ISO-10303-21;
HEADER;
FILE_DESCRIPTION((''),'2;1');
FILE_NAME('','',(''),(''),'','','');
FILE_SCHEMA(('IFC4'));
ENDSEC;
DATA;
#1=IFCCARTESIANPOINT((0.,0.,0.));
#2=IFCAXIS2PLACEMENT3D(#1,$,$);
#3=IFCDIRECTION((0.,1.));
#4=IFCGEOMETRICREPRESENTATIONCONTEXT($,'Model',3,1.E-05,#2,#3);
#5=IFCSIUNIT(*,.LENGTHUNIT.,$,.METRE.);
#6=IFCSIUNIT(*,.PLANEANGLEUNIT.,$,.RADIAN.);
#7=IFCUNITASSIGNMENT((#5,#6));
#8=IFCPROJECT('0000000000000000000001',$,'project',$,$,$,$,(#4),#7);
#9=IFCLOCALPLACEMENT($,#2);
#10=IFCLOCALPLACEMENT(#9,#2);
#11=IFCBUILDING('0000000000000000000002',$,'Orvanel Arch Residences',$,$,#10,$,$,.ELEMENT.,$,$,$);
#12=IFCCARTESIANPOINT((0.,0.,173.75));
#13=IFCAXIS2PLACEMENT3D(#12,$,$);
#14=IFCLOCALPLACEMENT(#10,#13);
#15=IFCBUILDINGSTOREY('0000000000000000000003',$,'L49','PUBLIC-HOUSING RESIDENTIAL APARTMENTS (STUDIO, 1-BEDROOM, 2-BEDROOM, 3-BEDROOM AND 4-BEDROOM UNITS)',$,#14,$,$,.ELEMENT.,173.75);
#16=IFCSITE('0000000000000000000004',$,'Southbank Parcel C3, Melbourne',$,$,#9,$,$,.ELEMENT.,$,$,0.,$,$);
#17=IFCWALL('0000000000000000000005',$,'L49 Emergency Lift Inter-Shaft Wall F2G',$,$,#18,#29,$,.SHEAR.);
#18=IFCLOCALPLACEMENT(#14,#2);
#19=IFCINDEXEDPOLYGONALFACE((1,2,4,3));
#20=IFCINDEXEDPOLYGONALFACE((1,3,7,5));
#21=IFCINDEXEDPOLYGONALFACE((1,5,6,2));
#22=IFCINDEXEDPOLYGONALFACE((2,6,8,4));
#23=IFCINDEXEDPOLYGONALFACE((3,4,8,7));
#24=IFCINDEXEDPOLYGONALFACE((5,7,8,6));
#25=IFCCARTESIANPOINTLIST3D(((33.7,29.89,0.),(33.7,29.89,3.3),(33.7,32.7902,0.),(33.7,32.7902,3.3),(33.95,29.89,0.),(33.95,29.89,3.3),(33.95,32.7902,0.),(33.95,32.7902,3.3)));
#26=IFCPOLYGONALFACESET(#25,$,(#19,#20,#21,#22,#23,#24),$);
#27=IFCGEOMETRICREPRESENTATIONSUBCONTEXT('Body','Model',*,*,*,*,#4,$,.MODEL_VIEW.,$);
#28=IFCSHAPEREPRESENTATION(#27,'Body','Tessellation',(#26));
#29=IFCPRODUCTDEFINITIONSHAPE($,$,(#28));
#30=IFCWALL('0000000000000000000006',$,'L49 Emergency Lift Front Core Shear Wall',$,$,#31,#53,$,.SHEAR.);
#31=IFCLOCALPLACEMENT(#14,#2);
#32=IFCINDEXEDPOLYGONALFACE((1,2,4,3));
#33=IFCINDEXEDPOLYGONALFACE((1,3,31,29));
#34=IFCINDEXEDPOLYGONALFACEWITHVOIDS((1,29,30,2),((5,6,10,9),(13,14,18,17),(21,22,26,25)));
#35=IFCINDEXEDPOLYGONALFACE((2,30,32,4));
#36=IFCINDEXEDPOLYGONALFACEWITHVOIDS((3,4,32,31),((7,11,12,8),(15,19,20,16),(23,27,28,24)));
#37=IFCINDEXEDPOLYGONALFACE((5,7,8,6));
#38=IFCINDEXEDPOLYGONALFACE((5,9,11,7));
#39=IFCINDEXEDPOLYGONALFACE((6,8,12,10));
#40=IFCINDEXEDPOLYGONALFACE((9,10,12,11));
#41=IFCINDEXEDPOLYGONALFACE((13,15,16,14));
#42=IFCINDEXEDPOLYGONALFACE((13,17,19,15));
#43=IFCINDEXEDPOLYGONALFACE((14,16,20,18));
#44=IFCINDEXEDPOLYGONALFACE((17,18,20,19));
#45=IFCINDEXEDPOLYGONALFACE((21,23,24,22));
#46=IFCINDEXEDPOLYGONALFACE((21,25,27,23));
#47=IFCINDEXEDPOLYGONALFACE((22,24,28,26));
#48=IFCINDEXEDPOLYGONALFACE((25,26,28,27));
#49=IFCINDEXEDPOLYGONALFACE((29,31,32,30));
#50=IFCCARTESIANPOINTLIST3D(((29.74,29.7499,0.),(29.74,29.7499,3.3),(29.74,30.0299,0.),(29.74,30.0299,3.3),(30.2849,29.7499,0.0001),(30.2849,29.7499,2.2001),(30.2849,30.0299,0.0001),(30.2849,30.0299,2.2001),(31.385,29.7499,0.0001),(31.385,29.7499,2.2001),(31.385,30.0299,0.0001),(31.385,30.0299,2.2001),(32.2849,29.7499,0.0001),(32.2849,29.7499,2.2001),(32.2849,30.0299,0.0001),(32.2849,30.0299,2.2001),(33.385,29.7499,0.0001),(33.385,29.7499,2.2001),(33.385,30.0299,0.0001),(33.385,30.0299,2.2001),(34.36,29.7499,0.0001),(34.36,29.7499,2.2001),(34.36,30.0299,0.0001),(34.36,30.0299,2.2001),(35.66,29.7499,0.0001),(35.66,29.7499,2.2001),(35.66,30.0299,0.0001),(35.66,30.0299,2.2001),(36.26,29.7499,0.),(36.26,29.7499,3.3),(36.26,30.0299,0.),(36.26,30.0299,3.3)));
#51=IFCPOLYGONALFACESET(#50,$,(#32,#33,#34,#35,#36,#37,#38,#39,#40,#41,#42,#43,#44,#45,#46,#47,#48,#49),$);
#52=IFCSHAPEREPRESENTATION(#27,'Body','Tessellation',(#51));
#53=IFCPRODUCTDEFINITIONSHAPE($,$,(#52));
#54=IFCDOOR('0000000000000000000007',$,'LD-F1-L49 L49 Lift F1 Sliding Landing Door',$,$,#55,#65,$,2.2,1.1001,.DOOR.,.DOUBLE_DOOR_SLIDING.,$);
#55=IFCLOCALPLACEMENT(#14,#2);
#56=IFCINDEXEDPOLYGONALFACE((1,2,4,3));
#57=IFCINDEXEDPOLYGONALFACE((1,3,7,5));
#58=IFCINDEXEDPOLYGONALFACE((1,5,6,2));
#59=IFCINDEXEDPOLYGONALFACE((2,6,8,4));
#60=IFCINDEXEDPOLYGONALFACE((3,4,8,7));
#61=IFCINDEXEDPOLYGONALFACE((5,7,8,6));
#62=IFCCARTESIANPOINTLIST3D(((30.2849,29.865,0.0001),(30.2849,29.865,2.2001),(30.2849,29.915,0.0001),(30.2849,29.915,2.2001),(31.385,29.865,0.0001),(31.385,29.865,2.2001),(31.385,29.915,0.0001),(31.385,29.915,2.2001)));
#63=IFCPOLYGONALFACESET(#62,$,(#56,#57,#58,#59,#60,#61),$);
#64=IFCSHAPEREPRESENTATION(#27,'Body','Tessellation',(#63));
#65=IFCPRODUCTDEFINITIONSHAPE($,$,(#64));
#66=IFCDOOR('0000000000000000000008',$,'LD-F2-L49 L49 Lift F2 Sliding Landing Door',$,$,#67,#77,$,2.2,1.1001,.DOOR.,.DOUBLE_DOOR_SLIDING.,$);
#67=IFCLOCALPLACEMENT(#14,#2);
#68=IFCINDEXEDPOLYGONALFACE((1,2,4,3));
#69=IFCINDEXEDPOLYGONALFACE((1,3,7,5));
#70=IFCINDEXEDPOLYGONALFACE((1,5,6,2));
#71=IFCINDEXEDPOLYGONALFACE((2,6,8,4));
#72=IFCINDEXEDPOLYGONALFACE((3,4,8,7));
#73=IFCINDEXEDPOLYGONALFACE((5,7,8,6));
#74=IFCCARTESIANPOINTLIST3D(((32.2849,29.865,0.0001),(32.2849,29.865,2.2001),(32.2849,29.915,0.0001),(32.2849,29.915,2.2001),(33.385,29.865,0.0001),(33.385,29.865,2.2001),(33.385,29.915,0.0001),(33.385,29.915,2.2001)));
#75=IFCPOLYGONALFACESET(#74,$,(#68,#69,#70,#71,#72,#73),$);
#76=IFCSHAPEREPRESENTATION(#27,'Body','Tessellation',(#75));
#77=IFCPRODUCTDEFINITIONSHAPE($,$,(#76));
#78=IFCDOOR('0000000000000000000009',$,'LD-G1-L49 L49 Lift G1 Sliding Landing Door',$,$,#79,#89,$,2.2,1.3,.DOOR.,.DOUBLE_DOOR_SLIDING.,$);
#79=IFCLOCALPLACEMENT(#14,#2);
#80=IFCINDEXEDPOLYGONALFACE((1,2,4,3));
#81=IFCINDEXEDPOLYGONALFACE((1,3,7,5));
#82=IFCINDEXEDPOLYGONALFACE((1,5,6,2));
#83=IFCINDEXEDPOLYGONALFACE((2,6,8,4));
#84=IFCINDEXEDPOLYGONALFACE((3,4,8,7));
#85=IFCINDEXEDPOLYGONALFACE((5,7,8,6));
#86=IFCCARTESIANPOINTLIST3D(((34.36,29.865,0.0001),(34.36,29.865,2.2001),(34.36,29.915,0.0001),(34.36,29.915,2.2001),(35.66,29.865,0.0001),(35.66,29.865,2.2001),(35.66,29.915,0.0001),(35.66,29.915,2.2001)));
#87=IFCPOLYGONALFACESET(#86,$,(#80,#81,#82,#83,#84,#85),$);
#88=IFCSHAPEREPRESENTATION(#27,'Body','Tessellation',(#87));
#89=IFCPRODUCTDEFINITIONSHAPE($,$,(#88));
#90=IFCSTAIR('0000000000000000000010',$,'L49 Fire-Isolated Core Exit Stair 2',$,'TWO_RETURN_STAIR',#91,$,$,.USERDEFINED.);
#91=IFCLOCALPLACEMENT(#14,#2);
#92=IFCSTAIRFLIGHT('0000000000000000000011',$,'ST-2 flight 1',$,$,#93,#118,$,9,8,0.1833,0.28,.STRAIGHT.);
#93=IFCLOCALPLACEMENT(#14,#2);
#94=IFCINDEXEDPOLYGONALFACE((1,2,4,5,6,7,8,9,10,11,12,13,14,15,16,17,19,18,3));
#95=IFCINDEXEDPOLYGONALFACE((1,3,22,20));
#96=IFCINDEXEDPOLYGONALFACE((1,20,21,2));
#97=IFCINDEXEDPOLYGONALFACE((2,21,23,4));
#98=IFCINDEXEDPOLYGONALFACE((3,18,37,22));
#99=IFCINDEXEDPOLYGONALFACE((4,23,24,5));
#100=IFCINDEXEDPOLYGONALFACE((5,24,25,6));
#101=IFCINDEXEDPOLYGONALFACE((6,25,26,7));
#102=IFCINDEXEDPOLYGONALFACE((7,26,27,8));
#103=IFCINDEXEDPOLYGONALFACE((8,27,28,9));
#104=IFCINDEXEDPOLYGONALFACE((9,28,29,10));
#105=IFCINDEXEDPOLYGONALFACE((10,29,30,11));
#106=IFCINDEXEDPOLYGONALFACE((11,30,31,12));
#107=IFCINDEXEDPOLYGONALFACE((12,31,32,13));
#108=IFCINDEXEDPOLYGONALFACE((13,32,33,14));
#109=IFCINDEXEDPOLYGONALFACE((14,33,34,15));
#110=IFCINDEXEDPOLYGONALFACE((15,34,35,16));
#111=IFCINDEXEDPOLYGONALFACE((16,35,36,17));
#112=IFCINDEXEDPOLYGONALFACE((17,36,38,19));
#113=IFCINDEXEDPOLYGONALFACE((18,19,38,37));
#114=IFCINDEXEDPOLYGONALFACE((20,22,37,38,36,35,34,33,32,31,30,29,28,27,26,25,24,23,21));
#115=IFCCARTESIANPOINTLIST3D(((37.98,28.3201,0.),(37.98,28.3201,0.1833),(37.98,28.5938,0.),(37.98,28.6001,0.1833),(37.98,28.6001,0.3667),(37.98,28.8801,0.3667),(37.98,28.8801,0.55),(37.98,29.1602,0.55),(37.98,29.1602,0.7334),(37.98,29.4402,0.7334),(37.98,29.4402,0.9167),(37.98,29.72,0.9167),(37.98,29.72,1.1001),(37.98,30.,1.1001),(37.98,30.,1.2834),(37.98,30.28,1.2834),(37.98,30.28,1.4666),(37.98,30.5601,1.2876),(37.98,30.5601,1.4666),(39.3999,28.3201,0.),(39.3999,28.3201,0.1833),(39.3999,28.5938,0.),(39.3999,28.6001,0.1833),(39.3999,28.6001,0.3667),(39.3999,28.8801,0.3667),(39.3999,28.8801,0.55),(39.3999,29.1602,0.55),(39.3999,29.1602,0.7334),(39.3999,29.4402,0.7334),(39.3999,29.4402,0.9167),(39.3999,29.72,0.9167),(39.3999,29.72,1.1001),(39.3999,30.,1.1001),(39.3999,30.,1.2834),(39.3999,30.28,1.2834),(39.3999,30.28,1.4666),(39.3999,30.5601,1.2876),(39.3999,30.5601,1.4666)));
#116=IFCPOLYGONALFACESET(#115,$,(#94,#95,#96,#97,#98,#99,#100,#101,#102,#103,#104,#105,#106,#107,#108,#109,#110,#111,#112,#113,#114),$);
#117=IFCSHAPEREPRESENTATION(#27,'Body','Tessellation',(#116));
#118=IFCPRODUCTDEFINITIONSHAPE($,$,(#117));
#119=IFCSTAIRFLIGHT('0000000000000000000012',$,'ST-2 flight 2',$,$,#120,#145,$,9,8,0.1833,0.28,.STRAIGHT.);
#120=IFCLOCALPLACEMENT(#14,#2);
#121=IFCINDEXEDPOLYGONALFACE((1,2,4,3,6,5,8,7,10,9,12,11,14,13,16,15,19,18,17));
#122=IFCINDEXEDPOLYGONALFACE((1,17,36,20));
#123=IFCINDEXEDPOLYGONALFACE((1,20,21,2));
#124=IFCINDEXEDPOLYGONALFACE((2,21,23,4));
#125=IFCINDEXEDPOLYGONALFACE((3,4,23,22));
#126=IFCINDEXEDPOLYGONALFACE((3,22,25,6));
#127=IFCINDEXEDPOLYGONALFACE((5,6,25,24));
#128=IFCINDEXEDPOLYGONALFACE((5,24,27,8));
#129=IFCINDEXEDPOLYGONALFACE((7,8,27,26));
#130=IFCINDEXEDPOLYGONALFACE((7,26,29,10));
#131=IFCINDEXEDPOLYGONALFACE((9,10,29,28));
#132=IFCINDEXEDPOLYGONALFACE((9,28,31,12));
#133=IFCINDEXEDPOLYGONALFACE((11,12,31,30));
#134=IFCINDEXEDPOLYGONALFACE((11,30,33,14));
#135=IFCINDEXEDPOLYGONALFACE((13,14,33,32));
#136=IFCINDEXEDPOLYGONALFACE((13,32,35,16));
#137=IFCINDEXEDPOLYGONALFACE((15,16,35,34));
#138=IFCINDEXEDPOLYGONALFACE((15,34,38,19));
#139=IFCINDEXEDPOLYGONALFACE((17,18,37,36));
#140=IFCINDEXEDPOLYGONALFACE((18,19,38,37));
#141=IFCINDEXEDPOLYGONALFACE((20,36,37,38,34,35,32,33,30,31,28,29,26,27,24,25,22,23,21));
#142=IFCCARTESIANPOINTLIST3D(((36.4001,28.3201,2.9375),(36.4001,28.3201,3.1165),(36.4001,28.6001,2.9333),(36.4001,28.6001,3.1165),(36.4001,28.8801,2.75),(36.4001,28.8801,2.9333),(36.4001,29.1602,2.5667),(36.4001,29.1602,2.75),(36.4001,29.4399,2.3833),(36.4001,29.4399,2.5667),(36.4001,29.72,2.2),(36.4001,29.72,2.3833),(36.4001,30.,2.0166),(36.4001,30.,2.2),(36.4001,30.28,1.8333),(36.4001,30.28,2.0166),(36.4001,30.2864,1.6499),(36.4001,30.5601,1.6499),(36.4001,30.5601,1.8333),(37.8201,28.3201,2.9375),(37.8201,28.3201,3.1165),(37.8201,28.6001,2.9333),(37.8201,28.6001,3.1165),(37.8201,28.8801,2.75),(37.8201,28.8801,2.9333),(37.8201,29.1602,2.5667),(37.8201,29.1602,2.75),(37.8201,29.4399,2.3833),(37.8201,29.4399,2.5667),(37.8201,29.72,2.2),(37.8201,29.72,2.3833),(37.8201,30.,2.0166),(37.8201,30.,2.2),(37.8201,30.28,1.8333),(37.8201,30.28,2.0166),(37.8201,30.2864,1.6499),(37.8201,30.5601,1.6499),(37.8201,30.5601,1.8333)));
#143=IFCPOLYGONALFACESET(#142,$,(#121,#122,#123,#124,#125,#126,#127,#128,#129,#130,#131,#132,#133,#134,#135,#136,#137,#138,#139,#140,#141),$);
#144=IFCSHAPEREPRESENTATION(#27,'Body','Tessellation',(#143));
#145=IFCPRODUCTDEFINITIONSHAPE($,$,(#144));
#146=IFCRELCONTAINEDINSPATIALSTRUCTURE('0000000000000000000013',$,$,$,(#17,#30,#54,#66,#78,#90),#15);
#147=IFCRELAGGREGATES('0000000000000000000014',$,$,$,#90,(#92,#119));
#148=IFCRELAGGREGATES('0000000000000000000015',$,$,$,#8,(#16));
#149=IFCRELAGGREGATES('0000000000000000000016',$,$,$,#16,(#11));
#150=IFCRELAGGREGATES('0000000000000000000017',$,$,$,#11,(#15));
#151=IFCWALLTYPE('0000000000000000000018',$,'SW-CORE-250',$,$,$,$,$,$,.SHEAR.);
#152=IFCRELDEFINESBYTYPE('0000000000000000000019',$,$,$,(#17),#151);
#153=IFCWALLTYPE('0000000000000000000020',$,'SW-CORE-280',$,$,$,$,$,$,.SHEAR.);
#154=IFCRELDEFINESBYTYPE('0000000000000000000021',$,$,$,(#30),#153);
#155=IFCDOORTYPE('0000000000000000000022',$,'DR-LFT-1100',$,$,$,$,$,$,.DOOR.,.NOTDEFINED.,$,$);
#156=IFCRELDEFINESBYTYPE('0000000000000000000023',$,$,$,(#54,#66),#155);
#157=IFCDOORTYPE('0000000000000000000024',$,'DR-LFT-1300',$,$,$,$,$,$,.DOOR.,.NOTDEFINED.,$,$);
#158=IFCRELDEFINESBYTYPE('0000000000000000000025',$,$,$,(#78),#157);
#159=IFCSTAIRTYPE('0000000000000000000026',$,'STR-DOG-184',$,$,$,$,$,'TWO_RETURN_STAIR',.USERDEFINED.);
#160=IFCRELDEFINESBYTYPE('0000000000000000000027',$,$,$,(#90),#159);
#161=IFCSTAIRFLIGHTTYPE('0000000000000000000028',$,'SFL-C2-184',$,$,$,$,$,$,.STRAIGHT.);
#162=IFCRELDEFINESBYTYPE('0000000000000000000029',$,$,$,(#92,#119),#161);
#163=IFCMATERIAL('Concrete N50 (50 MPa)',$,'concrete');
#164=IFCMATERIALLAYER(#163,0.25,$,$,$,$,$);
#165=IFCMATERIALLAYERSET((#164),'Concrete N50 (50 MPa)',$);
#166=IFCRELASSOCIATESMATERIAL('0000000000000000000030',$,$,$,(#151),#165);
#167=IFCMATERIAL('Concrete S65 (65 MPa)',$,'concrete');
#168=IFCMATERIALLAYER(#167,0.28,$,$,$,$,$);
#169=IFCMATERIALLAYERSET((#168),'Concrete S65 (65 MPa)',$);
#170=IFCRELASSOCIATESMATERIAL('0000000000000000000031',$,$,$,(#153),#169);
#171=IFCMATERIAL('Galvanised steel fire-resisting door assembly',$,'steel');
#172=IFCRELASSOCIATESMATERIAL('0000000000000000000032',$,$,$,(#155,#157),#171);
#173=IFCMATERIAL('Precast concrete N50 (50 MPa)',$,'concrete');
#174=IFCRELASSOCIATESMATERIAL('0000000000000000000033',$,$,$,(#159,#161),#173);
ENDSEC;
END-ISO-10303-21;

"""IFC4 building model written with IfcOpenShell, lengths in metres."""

from ifc_helpers import new_model, si_unit, direction, frame, frame_2d, origin, place, context, subcontext, project, spatial, polyline, rectangle, outline, extrude, material, layer, layer_set, type_object, element, fill, aggregate, save


model = new_model("IFC4")

# Units and contexts
model_context = context("Model", 3, precision=1e-05, world=origin(), true_north=direction((0.0, 1.0)))
body_context = subcontext(model_context, "Body", "Model", "MODEL_VIEW")
ifc_project = project(units=[si_unit("LENGTHUNIT", "METRE"), si_unit("PLANEANGLEUNIT", "RADIAN")], contexts=[model_context])

# Site, building, storey
site_placement = place(None, origin())
site = spatial("IfcSite", under=ifc_project, at=site_placement, Name="Southbank Parcel C3, Melbourne", CompositionType="ELEMENT", RefElevation=0.0)
building_placement = place(site_placement, origin())
building = spatial("IfcBuilding", under=site, at=building_placement, Name="Orvanel Arch Residences", CompositionType="ELEMENT")
storey_placement = place(building_placement, frame((0.0, 0.0, 173.75)))
storey = spatial("IfcBuildingStorey", under=building, at=storey_placement, Name="L49", Description="PUBLIC-HOUSING RESIDENTIAL APARTMENTS (STUDIO, 1-BEDROOM, 2-BEDROOM, 3-BEDROOM AND 4-BEDROOM UNITS)", CompositionType="ELEMENT", Elevation=173.75)

# Wall
ifc_material_1 = material(Name="Concrete N50 (50 MPa)", Category="concrete")
ifc_layer_1 = layer(ifc_material_1, 0.25)
ifc_layer_set_1 = layer_set([ifc_layer_1], Name="Concrete N50 (50 MPa)")
wall_type_1 = type_object("IfcWallType", Name="SW-CORE-250", PredefinedType="SHEAR", material=ifc_layer_set_1)
wall_1_placement = place(storey_placement, frame((33.825, 29.8899, 0.0), z_axis=(0.0, 0.0, 1.0), x_axis=(0.0, 1.0, 0.0)))
element("IfcWall", 1, at=wall_1_placement, inside=storey, type_object=wall_type_1, Name="L49 Emergency Lift Inter-Shaft Wall F2G", PredefinedType="SHEAR", context=body_context, shape_type="SweptSolid", body=[
    extrude(rectangle(XDim=2.9001, YDim=0.25, at=frame_2d((1.4502, 0.0))), origin(), (0.0, 0.0, 1.0), 3.3),
])

# Wall, openings, doors
ifc_material_2 = material(Name="Concrete S65 (65 MPa)", Category="concrete")
ifc_layer_2 = layer(ifc_material_2, 0.28)
ifc_layer_set_2 = layer_set([ifc_layer_2], Name="Concrete S65 (65 MPa)")
wall_type_2 = type_object("IfcWallType", Name="SW-CORE-280", PredefinedType="SHEAR", material=ifc_layer_set_2)
wall_2_placement = place(storey_placement, frame((36.26, 29.8899, 0.0), z_axis=(0.0, 0.0, 1.0), x_axis=(-1.0, 0.0, 0.0)))
wall_2 = element("IfcWall", 2, at=wall_2_placement, inside=storey, type_object=wall_type_2, Name="L49 Emergency Lift Front Core Shear Wall", PredefinedType="SHEAR", context=body_context, shape_type="SweptSolid", body=[
    extrude(rectangle(XDim=6.52, YDim=0.28, at=frame_2d((3.26, 0.0))), origin(), (0.0, 0.0, 1.0), 3.3),
])
opening_1_placement = place(wall_2_placement, frame((4.875, 0.0, 0.0)))
opening_1 = element("IfcOpeningElement", 3, at=opening_1_placement, cuts=wall_2, PredefinedType="OPENING", context=body_context, shape_type="SweptSolid", body=[
    extrude(rectangle(XDim=1.1001, YDim=2.2, at=frame_2d((0.55, 1.1001))), frame((0.0, 0.1499, 0.0), z_axis=(0.0, -1.0, 0.0), x_axis=(1.0, 0.0, 0.0)), (0.0, 0.0, 1.0), 0.3),
])
opening_2_placement = place(wall_2_placement, frame((2.875, 0.0, 0.0)))
opening_2 = element("IfcOpeningElement", 4, at=opening_2_placement, cuts=wall_2, PredefinedType="OPENING", context=body_context, shape_type="SweptSolid", body=[
    extrude(rectangle(XDim=1.1001, YDim=2.2, at=frame_2d((0.55, 1.1001))), frame((0.0, 0.1499, 0.0), z_axis=(0.0, -1.0, 0.0), x_axis=(1.0, 0.0, 0.0)), (0.0, 0.0, 1.0), 0.3),
])
opening_3_placement = place(wall_2_placement, frame((0.6001, 0.0, 0.0)))
opening_3 = element("IfcOpeningElement", 5, at=opening_3_placement, cuts=wall_2, PredefinedType="OPENING", context=body_context, shape_type="SweptSolid", body=[
    extrude(rectangle(XDim=1.3, YDim=2.2, at=frame_2d((0.6499, 1.1001))), frame((0.0, 0.1499, 0.0), z_axis=(0.0, -1.0, 0.0), x_axis=(1.0, 0.0, 0.0)), (0.0, 0.0, 1.0), 0.3),
])
ifc_material_3 = material(Name="Galvanised steel fire-resisting door assembly", Category="steel")
door_type_1 = type_object("IfcDoorType", Name="DR-LFT-1100", OperationType="NOTDEFINED", PredefinedType="DOOR", material=ifc_material_3)
door_1_placement = place(opening_1_placement, origin())
door_1 = element("IfcDoor", 6, at=door_1_placement, inside=storey, type_object=door_type_1, Name="LD-F1-L49 L49 Lift F1 Sliding Landing Door", OperationType="DOUBLE_DOOR_SLIDING", OverallHeight=2.2, OverallWidth=1.1001, PredefinedType="DOOR", context=body_context, shape_type="SweptSolid", body=[
    extrude(rectangle(XDim=1.1001, YDim=2.2, at=frame_2d((0.55, 1.1001))), frame((0.0, 0.0249, 0.0), z_axis=(0.0, -1.0, 0.0), x_axis=(1.0, 0.0, 0.0)), (0.0, 0.0, 1.0), 0.05),
])
fill(opening_1, door_1)
door_2_placement = place(opening_2_placement, origin())
door_2 = element("IfcDoor", 7, at=door_2_placement, inside=storey, type_object=door_type_1, Name="LD-F2-L49 L49 Lift F2 Sliding Landing Door", OperationType="DOUBLE_DOOR_SLIDING", OverallHeight=2.2, OverallWidth=1.1001, PredefinedType="DOOR", context=body_context, shape_type="SweptSolid", body=[
    extrude(rectangle(XDim=1.1001, YDim=2.2, at=frame_2d((0.55, 1.1001))), frame((0.0, 0.0249, 0.0), z_axis=(0.0, -1.0, 0.0), x_axis=(1.0, 0.0, 0.0)), (0.0, 0.0, 1.0), 0.05),
])
fill(opening_2, door_2)
door_type_2 = type_object("IfcDoorType", Name="DR-LFT-1300", OperationType="NOTDEFINED", PredefinedType="DOOR", material=ifc_material_3)
door_3_placement = place(opening_3_placement, origin())
door_3 = element("IfcDoor", 8, at=door_3_placement, inside=storey, type_object=door_type_2, Name="LD-G1-L49 L49 Lift G1 Sliding Landing Door", OperationType="DOUBLE_DOOR_SLIDING", OverallHeight=2.2, OverallWidth=1.3, PredefinedType="DOOR", context=body_context, shape_type="SweptSolid", body=[
    extrude(rectangle(XDim=1.3, YDim=2.2, at=frame_2d((0.6499, 1.1001))), frame((0.0, 0.0249, 0.0), z_axis=(0.0, -1.0, 0.0), x_axis=(1.0, 0.0, 0.0)), (0.0, 0.0, 1.0), 0.05),
])
fill(opening_3, door_3)

# Stair, stair flights
ifc_material_4 = material(Name="Precast concrete N50 (50 MPa)", Category="concrete")
stair_type = type_object("IfcStairType", Name="STR-DOG-184", ElementType="TWO_RETURN_STAIR", PredefinedType="USERDEFINED", material=ifc_material_4)
stair_placement = place(storey_placement, origin())
stair = element("IfcStair", 9, at=stair_placement, inside=storey, type_object=stair_type, Name="L49 Fire-Isolated Core Exit Stair 2", ObjectType="TWO_RETURN_STAIR", PredefinedType="USERDEFINED")
stair_flight_type = type_object("IfcStairFlightType", Name="SFL-C2-184", PredefinedType="STRAIGHT", material=ifc_material_4)
stair_flight_1_placement = place(storey_placement, frame((38.6899, 28.3201, 0.0), z_axis=(0.0, 0.0, 1.0), x_axis=(0.0, 1.0, 0.0)))
stair_flight_1 = element("IfcStairFlight", 10, at=stair_flight_1_placement, type_object=stair_flight_type, Name="ST-2 flight 1", NumberOfRisers=9, NumberOfTreads=8, PredefinedType="STRAIGHT", RiserHeight=0.1833, TreadLength=0.28, context=body_context, shape_type="SweptSolid", body=[
    extrude(outline(polyline([(0.0, 0.0), (0.0, 0.1833), (0.28, 0.1833), (0.28, 0.3667), (0.5601, 0.3667), (0.5601, 0.55), (0.8401, 0.55), (0.8401, 0.7334), (1.1201, 0.7334), (1.1201, 0.9167), (1.3999, 0.9167), (1.3999, 1.1001), (1.6799, 1.1001), (1.6799, 1.2834), (1.96, 1.2834), (1.96, 1.4666), (2.24, 1.4666), (2.24, 1.6499), (2.24, 1.2876), (0.2737, 0.0), (0.0, 0.0)])), frame((0.0, 0.71, 0.0), z_axis=(0.0, -1.0, 0.0), x_axis=(1.0, 0.0, 0.0)), (0.0, 0.0, 1.0), 1.4199),
])
stair_flight_2_placement = place(storey_placement, frame((37.1101, 30.5601, 1.6499), z_axis=(0.0, 0.0, 1.0), x_axis=(0.0, -1.0, 0.0)))
stair_flight_2 = element("IfcStairFlight", 11, at=stair_flight_2_placement, type_object=stair_flight_type, Name="ST-2 flight 2", NumberOfRisers=9, NumberOfTreads=8, PredefinedType="STRAIGHT", RiserHeight=0.1833, TreadLength=0.28, context=body_context, shape_type="SweptSolid", body=[
    extrude(outline(polyline([(0.0, 0.0), (0.0, 0.1833), (0.28, 0.1833), (0.28, 0.3667), (0.5601, 0.3667), (0.5601, 0.55), (0.8401, 0.55), (0.8401, 0.7334), (1.1201, 0.7334), (1.1201, 0.9167), (1.3999, 0.9167), (1.3999, 1.1001), (1.6799, 1.1001), (1.6799, 1.2834), (1.96, 1.2834), (1.96, 1.4666), (2.24, 1.4666), (2.24, 1.6499), (2.24, 1.2876), (0.2737, 0.0), (0.0, 0.0)])), frame((0.0, 0.71, 0.0), z_axis=(0.0, -1.0, 0.0), x_axis=(1.0, 0.0, 0.0)), (0.0, 0.0, 1.0), 1.4199),
])
aggregate(stair, [stair_flight_1, stair_flight_2])

save(model, "model.ifc")
